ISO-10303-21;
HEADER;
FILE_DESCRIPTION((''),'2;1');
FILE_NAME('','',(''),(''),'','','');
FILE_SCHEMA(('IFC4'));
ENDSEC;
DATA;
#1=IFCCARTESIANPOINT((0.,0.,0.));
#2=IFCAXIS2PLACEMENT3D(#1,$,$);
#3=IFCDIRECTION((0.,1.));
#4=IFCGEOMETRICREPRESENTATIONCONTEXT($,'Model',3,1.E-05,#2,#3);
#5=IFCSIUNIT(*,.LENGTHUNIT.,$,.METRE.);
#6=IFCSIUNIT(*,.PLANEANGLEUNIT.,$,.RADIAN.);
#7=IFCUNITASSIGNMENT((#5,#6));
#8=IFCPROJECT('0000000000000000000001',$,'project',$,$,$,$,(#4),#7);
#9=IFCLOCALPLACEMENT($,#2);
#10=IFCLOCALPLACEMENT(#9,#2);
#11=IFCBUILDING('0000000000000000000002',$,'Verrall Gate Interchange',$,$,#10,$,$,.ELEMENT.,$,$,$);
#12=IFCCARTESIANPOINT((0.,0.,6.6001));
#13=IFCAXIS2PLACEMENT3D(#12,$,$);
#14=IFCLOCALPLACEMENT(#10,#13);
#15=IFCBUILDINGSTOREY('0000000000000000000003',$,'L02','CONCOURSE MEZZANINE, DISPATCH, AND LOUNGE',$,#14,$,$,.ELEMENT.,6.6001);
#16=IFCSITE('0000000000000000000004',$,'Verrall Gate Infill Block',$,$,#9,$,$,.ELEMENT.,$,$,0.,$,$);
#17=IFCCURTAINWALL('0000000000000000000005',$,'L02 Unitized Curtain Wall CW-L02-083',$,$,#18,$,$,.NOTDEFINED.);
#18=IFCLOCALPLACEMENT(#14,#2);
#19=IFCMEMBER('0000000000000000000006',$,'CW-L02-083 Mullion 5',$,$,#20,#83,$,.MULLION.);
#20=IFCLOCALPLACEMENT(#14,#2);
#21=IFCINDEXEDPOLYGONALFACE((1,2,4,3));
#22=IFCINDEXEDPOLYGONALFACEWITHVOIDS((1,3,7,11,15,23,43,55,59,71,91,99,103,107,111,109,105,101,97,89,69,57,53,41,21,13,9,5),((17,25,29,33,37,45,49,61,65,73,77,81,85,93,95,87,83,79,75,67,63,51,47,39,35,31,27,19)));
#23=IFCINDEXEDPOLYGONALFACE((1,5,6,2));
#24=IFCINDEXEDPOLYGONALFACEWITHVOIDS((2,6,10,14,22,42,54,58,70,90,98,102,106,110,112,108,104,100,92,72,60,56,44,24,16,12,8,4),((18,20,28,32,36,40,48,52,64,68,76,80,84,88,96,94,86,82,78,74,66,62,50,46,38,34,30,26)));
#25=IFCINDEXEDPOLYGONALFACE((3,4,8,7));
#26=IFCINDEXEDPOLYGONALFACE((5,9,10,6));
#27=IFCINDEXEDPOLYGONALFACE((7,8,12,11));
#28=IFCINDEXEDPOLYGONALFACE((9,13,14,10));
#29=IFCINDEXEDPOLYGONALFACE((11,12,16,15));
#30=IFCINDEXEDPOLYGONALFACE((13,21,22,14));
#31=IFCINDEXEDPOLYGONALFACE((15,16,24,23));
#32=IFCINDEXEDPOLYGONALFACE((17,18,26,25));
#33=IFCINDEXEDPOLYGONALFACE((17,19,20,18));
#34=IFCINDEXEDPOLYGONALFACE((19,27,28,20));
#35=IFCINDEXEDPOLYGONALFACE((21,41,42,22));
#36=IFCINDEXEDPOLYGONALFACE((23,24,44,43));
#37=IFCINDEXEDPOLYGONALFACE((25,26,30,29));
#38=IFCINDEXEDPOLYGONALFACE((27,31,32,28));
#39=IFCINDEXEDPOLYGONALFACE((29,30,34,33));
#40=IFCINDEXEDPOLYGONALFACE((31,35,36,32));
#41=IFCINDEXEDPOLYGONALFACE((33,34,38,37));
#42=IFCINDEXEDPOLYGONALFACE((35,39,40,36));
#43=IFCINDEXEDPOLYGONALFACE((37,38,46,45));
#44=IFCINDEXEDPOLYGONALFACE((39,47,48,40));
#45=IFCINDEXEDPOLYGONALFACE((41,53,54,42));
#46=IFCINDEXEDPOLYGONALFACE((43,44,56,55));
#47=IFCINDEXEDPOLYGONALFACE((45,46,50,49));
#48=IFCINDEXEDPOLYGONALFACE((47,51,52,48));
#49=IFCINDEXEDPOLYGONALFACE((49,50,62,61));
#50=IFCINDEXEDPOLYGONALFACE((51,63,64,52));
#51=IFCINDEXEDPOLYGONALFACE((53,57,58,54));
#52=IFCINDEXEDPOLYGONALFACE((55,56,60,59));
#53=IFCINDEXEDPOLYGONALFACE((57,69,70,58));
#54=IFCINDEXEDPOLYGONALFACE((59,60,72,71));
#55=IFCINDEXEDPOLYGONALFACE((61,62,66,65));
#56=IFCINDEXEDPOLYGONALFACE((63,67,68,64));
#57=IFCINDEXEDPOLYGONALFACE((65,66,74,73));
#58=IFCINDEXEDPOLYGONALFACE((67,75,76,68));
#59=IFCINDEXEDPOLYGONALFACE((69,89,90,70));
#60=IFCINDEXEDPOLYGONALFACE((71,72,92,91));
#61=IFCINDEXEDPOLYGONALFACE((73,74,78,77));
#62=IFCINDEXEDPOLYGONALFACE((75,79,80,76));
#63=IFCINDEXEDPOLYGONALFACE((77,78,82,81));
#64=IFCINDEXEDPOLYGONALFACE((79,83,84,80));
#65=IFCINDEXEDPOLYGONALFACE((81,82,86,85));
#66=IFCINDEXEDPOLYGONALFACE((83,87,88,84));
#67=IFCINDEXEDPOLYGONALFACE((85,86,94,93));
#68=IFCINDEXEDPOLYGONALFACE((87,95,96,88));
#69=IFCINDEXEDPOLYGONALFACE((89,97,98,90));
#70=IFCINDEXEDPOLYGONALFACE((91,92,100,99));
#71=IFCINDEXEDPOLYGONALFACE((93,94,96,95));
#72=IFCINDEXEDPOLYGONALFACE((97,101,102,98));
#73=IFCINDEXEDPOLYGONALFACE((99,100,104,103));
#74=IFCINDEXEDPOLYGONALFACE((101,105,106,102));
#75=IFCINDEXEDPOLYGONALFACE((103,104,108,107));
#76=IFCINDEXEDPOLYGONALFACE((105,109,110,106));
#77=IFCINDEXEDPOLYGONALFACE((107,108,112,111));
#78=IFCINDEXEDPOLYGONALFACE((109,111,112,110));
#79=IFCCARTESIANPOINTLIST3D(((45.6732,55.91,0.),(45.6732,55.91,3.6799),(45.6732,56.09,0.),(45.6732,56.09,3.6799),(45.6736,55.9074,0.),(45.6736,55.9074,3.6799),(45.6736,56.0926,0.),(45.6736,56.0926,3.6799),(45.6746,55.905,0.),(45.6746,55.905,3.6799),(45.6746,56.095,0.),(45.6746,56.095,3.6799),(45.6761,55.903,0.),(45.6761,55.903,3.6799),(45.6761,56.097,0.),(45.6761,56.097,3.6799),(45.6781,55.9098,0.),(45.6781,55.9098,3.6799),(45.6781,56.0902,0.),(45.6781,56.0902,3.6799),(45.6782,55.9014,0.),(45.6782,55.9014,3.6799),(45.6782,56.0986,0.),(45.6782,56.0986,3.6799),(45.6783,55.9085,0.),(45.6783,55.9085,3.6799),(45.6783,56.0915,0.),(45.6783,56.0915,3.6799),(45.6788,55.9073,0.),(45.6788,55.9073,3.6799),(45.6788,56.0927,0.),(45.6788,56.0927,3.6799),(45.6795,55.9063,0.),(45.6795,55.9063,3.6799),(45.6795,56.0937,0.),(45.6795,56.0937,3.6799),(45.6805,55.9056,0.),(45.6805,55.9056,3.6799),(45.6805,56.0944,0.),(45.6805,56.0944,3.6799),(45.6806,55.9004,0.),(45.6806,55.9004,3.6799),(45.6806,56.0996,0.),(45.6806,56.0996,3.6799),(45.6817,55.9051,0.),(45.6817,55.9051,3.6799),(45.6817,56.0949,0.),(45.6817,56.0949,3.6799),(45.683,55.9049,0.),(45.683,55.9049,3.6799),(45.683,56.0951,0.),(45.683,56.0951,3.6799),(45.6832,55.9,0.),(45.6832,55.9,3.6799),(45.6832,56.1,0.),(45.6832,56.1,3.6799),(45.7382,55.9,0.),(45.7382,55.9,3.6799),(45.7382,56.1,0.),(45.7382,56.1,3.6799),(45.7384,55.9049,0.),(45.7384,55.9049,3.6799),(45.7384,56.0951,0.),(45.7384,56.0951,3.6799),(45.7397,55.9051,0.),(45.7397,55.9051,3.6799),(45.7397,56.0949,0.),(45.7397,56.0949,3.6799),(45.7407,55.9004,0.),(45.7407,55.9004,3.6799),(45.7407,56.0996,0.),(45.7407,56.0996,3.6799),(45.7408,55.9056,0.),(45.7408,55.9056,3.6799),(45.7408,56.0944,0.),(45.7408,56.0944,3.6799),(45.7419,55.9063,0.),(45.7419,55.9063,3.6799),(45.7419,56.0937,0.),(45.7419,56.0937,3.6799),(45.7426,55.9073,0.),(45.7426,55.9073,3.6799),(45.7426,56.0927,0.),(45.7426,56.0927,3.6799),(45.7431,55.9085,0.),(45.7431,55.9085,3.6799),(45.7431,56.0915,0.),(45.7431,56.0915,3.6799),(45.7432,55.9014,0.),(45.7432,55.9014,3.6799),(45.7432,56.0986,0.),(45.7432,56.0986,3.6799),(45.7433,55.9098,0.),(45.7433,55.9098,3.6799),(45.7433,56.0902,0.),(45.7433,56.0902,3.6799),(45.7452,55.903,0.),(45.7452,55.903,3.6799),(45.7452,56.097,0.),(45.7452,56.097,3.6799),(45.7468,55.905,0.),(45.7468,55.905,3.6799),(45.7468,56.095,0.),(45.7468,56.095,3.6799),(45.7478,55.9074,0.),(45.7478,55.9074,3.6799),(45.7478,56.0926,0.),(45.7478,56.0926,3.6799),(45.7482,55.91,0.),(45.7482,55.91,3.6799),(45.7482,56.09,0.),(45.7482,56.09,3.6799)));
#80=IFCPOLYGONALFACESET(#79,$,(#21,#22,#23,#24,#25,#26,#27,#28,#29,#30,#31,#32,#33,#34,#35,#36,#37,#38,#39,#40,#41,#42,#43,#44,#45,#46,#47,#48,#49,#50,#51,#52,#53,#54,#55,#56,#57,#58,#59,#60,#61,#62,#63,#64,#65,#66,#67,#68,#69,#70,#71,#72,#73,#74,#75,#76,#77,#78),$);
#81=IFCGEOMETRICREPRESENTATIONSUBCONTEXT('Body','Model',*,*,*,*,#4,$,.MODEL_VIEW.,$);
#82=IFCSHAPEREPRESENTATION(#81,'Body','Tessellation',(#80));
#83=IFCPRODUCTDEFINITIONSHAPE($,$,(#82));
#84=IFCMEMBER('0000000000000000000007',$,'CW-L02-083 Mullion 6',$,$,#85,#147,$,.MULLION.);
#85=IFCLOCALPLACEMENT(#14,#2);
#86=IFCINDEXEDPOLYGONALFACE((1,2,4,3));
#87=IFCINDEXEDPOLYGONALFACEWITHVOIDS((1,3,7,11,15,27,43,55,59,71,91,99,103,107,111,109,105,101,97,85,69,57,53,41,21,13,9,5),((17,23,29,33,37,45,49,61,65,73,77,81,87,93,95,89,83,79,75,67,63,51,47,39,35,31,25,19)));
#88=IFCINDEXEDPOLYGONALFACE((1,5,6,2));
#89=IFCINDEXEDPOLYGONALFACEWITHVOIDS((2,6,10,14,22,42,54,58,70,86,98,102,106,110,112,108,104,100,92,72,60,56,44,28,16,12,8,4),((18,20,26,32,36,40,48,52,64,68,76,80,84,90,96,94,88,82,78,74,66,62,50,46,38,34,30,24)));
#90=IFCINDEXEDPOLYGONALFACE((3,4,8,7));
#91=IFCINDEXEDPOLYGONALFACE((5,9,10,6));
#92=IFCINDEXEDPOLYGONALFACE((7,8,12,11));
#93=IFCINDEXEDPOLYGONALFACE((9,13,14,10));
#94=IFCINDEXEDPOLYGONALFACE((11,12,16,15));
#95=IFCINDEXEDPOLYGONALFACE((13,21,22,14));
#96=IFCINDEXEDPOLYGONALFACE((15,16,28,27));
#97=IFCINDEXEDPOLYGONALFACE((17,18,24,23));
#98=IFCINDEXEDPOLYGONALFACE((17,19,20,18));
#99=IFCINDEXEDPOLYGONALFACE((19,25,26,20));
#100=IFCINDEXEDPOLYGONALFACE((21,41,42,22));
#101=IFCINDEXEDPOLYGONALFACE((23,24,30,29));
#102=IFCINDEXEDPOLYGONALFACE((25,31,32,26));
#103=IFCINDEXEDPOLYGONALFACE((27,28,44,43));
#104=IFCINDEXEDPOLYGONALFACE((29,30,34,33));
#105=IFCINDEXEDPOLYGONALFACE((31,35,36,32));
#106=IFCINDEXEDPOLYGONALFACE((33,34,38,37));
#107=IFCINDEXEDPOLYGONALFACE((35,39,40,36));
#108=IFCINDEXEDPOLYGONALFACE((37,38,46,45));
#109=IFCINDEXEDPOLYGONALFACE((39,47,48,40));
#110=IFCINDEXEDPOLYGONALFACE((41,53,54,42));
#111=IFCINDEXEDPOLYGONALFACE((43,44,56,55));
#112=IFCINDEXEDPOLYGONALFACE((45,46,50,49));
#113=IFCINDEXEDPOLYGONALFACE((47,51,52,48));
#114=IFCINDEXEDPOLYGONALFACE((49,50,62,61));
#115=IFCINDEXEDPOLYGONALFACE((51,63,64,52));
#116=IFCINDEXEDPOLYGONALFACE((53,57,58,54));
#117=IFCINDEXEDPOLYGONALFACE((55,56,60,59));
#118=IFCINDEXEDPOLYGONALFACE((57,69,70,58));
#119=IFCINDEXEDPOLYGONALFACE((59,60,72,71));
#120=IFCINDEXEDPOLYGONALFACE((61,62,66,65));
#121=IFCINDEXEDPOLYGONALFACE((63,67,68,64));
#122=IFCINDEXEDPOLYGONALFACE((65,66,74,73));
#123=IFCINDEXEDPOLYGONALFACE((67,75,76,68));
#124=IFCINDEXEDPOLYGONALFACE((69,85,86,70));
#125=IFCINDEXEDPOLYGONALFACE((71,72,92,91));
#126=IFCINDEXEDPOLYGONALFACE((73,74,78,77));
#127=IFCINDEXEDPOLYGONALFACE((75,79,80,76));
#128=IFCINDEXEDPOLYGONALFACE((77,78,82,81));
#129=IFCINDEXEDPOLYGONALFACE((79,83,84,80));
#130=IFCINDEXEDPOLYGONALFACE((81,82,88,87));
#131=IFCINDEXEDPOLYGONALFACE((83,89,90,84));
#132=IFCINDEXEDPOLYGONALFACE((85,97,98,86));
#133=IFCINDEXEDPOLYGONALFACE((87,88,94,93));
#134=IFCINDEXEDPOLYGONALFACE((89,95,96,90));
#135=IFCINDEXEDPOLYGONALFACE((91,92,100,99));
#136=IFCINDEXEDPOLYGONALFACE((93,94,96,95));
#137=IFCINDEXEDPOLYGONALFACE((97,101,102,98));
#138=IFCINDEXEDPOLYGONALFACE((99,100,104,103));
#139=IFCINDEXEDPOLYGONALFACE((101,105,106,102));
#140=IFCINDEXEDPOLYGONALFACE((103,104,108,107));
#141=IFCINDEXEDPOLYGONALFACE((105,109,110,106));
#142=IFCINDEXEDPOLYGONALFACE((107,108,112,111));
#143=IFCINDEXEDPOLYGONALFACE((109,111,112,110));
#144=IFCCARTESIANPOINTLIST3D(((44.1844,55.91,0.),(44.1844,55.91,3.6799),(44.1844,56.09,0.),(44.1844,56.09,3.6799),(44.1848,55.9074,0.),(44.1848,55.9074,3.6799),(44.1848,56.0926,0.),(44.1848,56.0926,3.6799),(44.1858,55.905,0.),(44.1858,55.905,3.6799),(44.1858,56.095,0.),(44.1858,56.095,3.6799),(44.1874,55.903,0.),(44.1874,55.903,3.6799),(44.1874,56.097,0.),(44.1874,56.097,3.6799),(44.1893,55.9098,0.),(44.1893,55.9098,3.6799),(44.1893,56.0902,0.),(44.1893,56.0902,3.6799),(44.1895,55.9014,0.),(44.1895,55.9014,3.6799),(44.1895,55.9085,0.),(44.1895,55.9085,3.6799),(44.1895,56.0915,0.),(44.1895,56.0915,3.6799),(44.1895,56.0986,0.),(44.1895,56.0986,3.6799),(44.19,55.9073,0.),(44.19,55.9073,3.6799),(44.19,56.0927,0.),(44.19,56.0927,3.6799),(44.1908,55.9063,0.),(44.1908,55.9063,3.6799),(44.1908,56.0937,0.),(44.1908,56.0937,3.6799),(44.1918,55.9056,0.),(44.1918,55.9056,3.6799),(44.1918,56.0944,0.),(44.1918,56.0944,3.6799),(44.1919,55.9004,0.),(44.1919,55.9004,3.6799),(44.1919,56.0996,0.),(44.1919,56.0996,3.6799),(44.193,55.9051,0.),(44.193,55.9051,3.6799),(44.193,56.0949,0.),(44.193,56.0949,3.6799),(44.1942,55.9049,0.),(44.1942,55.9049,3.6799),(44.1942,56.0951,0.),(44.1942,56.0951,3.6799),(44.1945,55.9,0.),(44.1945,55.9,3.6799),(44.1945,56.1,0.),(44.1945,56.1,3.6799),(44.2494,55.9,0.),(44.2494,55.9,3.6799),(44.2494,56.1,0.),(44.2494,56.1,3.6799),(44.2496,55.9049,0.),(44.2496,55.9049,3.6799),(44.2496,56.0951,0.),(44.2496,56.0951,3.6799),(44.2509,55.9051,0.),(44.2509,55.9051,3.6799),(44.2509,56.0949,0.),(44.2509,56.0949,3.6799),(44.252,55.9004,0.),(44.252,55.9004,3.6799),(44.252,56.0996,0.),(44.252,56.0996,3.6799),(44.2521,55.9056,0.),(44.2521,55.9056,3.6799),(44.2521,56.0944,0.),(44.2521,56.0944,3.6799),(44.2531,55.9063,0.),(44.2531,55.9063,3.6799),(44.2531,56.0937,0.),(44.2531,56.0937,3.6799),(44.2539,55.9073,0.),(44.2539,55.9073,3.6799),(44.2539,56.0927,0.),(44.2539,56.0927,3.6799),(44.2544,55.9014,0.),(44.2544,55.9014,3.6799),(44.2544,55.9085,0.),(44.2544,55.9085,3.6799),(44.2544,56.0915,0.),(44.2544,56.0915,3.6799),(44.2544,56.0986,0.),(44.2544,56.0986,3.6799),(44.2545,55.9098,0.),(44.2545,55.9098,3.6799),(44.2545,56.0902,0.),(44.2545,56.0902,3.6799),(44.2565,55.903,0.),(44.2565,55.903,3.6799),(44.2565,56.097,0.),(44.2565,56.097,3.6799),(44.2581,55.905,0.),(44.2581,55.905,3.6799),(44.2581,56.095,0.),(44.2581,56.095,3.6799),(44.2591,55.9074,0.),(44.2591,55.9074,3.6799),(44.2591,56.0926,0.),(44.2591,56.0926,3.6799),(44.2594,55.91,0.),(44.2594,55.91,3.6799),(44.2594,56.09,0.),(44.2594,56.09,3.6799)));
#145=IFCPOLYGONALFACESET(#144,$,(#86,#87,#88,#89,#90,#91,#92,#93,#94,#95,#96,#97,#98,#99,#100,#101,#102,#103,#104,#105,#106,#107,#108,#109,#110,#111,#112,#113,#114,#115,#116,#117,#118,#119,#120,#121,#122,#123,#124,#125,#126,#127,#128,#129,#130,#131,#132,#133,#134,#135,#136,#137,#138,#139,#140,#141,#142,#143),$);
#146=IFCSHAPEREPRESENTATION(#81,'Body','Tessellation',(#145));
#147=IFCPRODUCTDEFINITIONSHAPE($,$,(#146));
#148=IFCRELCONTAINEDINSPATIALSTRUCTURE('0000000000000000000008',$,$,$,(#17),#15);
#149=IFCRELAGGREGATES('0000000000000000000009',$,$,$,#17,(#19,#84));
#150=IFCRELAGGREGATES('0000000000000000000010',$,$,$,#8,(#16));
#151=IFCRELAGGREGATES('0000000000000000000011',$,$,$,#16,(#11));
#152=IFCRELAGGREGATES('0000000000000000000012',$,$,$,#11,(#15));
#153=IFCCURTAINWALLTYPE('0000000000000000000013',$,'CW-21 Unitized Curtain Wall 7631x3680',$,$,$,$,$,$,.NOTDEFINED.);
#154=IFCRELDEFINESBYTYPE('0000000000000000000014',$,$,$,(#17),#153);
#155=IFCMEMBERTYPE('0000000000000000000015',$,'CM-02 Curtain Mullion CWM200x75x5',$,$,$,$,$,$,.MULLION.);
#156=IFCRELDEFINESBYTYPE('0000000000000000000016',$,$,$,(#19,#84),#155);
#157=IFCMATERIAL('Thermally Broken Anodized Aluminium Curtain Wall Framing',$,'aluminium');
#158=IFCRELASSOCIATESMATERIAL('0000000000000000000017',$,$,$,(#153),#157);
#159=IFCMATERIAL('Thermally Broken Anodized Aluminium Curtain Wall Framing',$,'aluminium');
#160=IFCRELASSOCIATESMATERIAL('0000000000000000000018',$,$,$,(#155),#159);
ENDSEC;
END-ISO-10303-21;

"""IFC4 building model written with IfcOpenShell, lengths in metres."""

from ifc_helpers import new_model, si_unit, direction, frame, origin, origin_2d, place, context, subcontext, project, spatial, hollow_rectangle, extrude, material, material_profile, profile_set, type_object, element, aggregate, save


model = new_model("IFC4")

# Units and contexts
model_context = context("Model", 3, precision=1e-05, world=origin(), true_north=direction((0.0, 1.0)))
body_context = subcontext(model_context, "Body", "Model", "MODEL_VIEW")
ifc_project = project(units=[si_unit("LENGTHUNIT", "METRE"), si_unit("PLANEANGLEUNIT", "RADIAN")], contexts=[model_context])

# Site, building, storey
site_placement = place(None, origin())
site = spatial("IfcSite", under=ifc_project, at=site_placement, Name="Verrall Gate Infill Block", CompositionType="ELEMENT", RefElevation=0.0)
building_placement = place(site_placement, origin())
building = spatial("IfcBuilding", under=site, at=building_placement, Name="Verrall Gate Interchange", CompositionType="ELEMENT")
storey_placement = place(building_placement, frame((0.0, 0.0, 6.6001)))
storey = spatial("IfcBuildingStorey", under=building, at=storey_placement, Name="L02", Description="CONCOURSE MEZZANINE, DISPATCH, AND LOUNGE", CompositionType="ELEMENT", Elevation=6.6001)

# Curtain wall, members
ifc_material_1 = material(Name="Thermally Broken Anodized Aluminium Curtain Wall Framing", Category="aluminium")
curtain_wall_type_1 = type_object("IfcCurtainWallType", Name="CW-21 Unitized Curtain Wall 7631x3680", PredefinedType="NOTDEFINED", material=ifc_material_1)
curtain_wall_1_placement = place(storey_placement, origin())
curtain_wall_1 = element("IfcCurtainWall", 1, at=curtain_wall_1_placement, inside=storey, type_object=curtain_wall_type_1, Name="L02 Unitized Curtain Wall CW-L02-083", PredefinedType="NOTDEFINED")
ifc_material_2 = material(Name="Thermally Broken Anodized Aluminium Curtain Wall Framing", Category="aluminium")
ifc_material_profile_1 = material_profile(ifc_material_2, hollow_rectangle(XDim=0.075, YDim=0.2, WallThickness=0.0049, InnerFilletRadius=0.0049, OuterFilletRadius=0.01, at=origin_2d()), Name="CWM200x75x5")
ifc_profile_set_1 = profile_set([ifc_material_profile_1], Name="Thermally Broken Anodized Aluminium Curtain Wall Framing")
member_type_1 = type_object("IfcMemberType", Name="CM-02 Curtain Mullion CWM200x75x5", PredefinedType="MULLION", material=ifc_profile_set_1)
member_1_placement = place(storey_placement, frame((45.7107, 56.0, 0.0), z_axis=(0.0, 0.0, 1.0), x_axis=(-1.0, 0.0, 0.0)))
member_1 = element("IfcMember", 2, at=member_1_placement, type_object=member_type_1, Name="CW-L02-083 Mullion 5", PredefinedType="MULLION", context=body_context, shape_type="SweptSolid", body=[
    extrude(hollow_rectangle(XDim=0.075, YDim=0.2, WallThickness=0.0049, InnerFilletRadius=0.0049, OuterFilletRadius=0.01, at=origin_2d()), origin(), (0.0, 0.0, 1.0), 3.6799),
])
member_2_placement = place(storey_placement, frame((44.2219, 56.0, 0.0), z_axis=(0.0, 0.0, 1.0), x_axis=(-1.0, 0.0, 0.0)))
member_2 = element("IfcMember", 3, at=member_2_placement, type_object=member_type_1, Name="CW-L02-083 Mullion 6", PredefinedType="MULLION", context=body_context, shape_type="SweptSolid", body=[
    extrude(hollow_rectangle(XDim=0.075, YDim=0.2, WallThickness=0.0049, InnerFilletRadius=0.0049, OuterFilletRadius=0.01, at=origin_2d()), origin(), (0.0, 0.0, 1.0), 3.6799),
])

aggregate(curtain_wall_1, [member_1, member_2])

save(model, "model.ifc")
